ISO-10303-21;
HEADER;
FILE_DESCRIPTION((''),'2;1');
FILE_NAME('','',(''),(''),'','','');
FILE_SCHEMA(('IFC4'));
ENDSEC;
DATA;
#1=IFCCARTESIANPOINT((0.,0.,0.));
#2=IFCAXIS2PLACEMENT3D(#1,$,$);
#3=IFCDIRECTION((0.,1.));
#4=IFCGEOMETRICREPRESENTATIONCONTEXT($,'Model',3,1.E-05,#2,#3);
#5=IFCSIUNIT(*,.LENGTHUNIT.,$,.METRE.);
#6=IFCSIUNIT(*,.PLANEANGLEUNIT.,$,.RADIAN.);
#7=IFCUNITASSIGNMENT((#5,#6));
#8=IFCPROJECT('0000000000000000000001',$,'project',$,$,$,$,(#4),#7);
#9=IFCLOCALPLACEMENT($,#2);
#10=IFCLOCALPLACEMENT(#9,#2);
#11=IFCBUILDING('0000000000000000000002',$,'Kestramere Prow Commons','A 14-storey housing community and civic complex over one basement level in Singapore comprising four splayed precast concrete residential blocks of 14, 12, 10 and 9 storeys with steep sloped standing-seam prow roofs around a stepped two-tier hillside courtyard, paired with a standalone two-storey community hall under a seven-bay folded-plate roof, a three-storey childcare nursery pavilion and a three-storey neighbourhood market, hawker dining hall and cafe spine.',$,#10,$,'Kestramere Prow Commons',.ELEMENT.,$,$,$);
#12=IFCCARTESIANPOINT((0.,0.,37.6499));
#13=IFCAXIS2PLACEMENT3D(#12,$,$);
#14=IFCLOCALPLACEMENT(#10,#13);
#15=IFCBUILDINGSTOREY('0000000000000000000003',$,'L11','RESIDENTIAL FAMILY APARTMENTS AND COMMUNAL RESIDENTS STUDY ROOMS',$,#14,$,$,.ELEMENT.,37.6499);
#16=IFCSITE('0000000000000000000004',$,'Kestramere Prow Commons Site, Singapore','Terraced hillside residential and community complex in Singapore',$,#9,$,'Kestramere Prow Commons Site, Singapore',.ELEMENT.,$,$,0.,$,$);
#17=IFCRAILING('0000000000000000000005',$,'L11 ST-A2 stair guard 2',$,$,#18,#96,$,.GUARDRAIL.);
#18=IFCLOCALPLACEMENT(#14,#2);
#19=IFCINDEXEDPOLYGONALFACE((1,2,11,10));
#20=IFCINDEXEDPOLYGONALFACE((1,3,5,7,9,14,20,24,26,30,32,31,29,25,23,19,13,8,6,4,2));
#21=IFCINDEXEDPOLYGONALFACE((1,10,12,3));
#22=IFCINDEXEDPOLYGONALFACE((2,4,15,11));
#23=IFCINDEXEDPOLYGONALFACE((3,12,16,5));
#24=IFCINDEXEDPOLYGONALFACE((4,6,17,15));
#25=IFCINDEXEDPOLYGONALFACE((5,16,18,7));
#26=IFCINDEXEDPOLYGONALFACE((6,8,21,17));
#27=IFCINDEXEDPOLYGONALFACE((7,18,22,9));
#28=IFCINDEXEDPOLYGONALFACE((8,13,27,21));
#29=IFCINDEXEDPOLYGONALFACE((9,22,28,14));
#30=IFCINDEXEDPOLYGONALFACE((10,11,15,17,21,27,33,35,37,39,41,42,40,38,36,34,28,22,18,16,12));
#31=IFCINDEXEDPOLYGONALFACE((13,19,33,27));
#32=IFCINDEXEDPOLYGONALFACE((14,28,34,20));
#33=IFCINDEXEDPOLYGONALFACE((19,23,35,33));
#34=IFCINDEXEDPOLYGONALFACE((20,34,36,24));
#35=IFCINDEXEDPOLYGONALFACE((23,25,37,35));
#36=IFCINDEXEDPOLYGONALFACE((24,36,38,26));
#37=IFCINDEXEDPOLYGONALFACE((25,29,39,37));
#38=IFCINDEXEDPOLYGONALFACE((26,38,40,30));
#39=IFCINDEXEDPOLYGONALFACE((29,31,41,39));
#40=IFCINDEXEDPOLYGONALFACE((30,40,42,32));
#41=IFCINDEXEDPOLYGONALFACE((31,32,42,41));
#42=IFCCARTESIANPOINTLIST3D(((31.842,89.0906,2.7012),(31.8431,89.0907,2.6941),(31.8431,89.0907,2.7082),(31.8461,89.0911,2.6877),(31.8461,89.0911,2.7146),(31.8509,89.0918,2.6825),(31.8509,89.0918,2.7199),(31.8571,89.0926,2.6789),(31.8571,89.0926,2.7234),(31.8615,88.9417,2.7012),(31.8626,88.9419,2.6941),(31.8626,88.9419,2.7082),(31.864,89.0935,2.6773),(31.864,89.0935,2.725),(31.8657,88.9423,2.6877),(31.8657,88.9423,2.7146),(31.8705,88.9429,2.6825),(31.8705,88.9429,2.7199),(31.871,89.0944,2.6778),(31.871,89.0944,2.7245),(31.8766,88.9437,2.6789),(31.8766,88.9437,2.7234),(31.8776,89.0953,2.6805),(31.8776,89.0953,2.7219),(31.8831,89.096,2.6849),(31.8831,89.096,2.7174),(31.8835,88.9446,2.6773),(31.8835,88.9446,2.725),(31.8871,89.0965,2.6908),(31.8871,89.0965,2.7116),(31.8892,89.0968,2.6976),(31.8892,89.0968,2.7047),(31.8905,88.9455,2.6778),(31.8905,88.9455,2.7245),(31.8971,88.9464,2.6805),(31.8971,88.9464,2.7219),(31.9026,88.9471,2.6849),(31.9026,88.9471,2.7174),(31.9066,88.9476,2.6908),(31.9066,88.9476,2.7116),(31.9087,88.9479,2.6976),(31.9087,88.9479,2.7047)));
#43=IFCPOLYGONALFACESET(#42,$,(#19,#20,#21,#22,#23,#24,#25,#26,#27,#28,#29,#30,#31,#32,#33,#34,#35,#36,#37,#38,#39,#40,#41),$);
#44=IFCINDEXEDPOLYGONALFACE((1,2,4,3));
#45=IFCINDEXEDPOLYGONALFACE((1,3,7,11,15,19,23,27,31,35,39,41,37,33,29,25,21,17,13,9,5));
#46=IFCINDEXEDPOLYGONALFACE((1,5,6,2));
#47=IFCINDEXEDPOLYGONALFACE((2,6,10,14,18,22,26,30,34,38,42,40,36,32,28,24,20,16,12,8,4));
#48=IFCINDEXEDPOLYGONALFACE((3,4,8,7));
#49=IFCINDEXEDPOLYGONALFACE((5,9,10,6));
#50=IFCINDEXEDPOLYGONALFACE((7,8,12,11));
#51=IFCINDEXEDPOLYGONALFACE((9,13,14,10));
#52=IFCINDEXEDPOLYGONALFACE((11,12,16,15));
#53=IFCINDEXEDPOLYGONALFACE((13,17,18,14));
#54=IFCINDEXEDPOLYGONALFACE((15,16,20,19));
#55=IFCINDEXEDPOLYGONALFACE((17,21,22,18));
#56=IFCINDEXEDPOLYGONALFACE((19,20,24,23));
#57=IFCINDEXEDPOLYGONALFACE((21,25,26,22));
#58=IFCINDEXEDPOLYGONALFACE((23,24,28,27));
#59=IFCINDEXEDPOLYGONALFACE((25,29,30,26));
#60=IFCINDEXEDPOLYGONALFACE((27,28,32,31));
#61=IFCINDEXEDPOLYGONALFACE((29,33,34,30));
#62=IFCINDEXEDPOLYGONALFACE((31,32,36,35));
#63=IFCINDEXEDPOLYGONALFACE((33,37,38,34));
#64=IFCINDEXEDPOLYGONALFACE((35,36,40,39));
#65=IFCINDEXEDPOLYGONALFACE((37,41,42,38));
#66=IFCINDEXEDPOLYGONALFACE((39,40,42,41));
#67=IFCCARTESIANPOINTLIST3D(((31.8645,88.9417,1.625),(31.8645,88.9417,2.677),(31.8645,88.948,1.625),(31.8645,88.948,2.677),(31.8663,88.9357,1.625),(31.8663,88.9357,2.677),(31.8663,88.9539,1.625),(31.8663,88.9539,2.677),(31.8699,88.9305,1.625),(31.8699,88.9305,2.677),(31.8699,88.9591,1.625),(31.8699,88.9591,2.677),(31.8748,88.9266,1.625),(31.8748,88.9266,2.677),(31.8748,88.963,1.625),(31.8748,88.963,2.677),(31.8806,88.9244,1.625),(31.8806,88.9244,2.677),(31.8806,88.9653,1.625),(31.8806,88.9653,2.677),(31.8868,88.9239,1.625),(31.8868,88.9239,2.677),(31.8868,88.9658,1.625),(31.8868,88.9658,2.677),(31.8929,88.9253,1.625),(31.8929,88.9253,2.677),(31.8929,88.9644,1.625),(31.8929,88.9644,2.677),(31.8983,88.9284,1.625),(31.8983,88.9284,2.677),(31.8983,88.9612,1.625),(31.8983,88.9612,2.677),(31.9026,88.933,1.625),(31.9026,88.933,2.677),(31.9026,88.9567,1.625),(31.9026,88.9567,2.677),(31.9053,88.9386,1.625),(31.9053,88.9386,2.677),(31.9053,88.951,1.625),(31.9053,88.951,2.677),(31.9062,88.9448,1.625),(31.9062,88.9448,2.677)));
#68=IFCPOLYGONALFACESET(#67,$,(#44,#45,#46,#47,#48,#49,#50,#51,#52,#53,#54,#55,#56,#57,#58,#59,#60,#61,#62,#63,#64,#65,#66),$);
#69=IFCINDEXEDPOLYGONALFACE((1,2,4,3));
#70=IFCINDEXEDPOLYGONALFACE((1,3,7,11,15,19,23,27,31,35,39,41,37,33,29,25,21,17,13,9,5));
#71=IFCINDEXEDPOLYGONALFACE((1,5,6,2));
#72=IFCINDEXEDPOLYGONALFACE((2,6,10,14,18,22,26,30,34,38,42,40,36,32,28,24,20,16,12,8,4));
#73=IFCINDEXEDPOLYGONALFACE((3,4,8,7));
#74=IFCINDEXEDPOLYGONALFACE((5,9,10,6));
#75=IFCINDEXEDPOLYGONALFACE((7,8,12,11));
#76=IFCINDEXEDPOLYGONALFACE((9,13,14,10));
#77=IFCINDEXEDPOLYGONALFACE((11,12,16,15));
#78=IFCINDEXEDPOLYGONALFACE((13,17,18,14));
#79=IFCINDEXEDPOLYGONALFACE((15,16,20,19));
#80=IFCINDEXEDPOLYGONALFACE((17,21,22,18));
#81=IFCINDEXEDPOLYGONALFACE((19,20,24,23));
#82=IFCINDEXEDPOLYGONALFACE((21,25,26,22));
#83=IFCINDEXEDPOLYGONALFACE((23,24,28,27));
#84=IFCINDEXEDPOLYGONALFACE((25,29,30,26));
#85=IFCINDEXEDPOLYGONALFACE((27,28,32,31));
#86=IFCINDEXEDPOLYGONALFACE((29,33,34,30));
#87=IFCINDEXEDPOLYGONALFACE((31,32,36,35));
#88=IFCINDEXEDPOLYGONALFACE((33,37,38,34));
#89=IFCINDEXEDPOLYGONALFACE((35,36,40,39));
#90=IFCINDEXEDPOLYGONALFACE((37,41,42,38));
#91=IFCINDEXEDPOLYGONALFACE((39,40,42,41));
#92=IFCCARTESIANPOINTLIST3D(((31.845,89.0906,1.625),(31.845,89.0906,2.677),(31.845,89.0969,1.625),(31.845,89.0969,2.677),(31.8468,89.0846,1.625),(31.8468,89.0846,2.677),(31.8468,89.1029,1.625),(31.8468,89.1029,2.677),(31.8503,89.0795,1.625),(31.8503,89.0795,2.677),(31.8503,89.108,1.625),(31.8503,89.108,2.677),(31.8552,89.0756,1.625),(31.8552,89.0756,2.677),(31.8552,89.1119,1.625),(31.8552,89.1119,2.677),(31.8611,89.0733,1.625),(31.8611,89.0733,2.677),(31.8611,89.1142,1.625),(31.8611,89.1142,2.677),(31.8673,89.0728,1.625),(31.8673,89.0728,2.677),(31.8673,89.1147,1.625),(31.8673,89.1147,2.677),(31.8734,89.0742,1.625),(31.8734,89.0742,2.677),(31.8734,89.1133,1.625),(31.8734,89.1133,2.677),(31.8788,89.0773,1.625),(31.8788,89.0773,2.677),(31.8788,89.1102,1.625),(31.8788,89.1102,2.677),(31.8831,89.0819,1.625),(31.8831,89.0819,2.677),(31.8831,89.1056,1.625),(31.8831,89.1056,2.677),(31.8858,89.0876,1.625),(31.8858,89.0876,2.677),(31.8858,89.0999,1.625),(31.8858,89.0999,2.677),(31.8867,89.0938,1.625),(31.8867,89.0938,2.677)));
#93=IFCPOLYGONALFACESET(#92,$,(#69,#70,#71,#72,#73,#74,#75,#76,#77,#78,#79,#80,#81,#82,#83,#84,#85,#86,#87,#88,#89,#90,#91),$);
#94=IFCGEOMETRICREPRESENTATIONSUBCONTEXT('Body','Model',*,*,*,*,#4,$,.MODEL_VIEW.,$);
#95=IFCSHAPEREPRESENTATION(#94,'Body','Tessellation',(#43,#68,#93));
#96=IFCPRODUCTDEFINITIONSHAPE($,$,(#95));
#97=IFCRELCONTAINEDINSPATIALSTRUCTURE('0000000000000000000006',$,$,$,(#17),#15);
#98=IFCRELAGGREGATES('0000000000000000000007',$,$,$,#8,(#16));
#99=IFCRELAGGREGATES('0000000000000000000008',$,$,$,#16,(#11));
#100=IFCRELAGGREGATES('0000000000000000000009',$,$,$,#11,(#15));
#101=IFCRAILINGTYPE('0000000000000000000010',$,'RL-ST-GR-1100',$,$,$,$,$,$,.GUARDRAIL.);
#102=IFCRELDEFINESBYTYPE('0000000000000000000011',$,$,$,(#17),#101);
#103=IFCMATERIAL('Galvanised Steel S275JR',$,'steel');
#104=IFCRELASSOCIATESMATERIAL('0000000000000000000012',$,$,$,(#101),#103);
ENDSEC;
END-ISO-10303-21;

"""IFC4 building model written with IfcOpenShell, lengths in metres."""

from ifc_helpers import new_model, si_unit, direction, frame, origin, origin_2d, place, context, subcontext, project, spatial, circle, extrude, material, type_object, element, save


model = new_model("IFC4")

# Units and contexts
model_context = context("Model", 3, precision=1e-05, world=origin(), true_north=direction((0.0, 1.0)))
body_context = subcontext(model_context, "Body", "Model", "MODEL_VIEW")
ifc_project = project(units=[si_unit("LENGTHUNIT", "METRE"), si_unit("PLANEANGLEUNIT", "RADIAN")], contexts=[model_context])

# Site, building, storey
site_placement = place(None, origin())
site = spatial("IfcSite", under=ifc_project, at=site_placement, Name="Kestramere Prow Commons Site, Singapore", Description="Terraced hillside residential and community complex in Singapore", LongName="Kestramere Prow Commons Site, Singapore", CompositionType="ELEMENT", RefElevation=0.0)
building_placement = place(site_placement, origin())
building = spatial("IfcBuilding", under=site, at=building_placement, Name="Kestramere Prow Commons", Description="A 14-storey housing community and civic complex over one basement level in Singapore comprising four splayed precast concrete residential blocks of 14, 12, 10 and 9 storeys with steep sloped standing-seam prow roofs around a stepped two-tier hillside courtyard, paired with a standalone two-storey community hall under a seven-bay folded-plate roof, a three-storey childcare nursery pavilion and a three-storey neighbourhood market, hawker dining hall and cafe spine.", LongName="Kestramere Prow Commons", CompositionType="ELEMENT")
storey_placement = place(building_placement, frame((0.0, 0.0, 37.6499)))
storey = spatial("IfcBuildingStorey", under=building, at=storey_placement, Name="L11", Description="RESIDENTIAL FAMILY APARTMENTS AND COMMUNAL RESIDENTS STUDY ROOMS", CompositionType="ELEMENT", Elevation=37.6499)

# Railing
ifc_material_1 = material(Name="Galvanised Steel S275JR", Category="steel")
railing_type_1 = type_object("IfcRailingType", Name="RL-ST-GR-1100", PredefinedType="GUARDRAIL", material=ifc_material_1)
railing_1_placement = place(storey_placement, frame((31.8853, 88.9448, 1.625)))
element("IfcRailing", 1, at=railing_1_placement, inside=storey, type_object=railing_type_1, Name="L11 ST-A2 stair guard 2", PredefinedType="GUARDRAIL", context=body_context, shape_type="SweptSolid", body=[
    extrude(circle(Radius=0.0239, at=origin_2d()), frame((0.0, 0.0, 1.0762), z_axis=(-0.130034, 0.99151, 0.0), x_axis=(-0.99151, -0.130034, 0.0)), (0.0, 0.0, 1.0), 0.1501),
    extrude(circle(Radius=0.021, at=origin_2d()), origin(), (0.0, 0.0, 1.0), 1.052),
    extrude(circle(Radius=0.021, at=origin_2d()), frame((-0.0195, 0.1489, 0.0)), (0.0, 0.0, 1.0), 1.052),
])

save(model, "model.ifc")
